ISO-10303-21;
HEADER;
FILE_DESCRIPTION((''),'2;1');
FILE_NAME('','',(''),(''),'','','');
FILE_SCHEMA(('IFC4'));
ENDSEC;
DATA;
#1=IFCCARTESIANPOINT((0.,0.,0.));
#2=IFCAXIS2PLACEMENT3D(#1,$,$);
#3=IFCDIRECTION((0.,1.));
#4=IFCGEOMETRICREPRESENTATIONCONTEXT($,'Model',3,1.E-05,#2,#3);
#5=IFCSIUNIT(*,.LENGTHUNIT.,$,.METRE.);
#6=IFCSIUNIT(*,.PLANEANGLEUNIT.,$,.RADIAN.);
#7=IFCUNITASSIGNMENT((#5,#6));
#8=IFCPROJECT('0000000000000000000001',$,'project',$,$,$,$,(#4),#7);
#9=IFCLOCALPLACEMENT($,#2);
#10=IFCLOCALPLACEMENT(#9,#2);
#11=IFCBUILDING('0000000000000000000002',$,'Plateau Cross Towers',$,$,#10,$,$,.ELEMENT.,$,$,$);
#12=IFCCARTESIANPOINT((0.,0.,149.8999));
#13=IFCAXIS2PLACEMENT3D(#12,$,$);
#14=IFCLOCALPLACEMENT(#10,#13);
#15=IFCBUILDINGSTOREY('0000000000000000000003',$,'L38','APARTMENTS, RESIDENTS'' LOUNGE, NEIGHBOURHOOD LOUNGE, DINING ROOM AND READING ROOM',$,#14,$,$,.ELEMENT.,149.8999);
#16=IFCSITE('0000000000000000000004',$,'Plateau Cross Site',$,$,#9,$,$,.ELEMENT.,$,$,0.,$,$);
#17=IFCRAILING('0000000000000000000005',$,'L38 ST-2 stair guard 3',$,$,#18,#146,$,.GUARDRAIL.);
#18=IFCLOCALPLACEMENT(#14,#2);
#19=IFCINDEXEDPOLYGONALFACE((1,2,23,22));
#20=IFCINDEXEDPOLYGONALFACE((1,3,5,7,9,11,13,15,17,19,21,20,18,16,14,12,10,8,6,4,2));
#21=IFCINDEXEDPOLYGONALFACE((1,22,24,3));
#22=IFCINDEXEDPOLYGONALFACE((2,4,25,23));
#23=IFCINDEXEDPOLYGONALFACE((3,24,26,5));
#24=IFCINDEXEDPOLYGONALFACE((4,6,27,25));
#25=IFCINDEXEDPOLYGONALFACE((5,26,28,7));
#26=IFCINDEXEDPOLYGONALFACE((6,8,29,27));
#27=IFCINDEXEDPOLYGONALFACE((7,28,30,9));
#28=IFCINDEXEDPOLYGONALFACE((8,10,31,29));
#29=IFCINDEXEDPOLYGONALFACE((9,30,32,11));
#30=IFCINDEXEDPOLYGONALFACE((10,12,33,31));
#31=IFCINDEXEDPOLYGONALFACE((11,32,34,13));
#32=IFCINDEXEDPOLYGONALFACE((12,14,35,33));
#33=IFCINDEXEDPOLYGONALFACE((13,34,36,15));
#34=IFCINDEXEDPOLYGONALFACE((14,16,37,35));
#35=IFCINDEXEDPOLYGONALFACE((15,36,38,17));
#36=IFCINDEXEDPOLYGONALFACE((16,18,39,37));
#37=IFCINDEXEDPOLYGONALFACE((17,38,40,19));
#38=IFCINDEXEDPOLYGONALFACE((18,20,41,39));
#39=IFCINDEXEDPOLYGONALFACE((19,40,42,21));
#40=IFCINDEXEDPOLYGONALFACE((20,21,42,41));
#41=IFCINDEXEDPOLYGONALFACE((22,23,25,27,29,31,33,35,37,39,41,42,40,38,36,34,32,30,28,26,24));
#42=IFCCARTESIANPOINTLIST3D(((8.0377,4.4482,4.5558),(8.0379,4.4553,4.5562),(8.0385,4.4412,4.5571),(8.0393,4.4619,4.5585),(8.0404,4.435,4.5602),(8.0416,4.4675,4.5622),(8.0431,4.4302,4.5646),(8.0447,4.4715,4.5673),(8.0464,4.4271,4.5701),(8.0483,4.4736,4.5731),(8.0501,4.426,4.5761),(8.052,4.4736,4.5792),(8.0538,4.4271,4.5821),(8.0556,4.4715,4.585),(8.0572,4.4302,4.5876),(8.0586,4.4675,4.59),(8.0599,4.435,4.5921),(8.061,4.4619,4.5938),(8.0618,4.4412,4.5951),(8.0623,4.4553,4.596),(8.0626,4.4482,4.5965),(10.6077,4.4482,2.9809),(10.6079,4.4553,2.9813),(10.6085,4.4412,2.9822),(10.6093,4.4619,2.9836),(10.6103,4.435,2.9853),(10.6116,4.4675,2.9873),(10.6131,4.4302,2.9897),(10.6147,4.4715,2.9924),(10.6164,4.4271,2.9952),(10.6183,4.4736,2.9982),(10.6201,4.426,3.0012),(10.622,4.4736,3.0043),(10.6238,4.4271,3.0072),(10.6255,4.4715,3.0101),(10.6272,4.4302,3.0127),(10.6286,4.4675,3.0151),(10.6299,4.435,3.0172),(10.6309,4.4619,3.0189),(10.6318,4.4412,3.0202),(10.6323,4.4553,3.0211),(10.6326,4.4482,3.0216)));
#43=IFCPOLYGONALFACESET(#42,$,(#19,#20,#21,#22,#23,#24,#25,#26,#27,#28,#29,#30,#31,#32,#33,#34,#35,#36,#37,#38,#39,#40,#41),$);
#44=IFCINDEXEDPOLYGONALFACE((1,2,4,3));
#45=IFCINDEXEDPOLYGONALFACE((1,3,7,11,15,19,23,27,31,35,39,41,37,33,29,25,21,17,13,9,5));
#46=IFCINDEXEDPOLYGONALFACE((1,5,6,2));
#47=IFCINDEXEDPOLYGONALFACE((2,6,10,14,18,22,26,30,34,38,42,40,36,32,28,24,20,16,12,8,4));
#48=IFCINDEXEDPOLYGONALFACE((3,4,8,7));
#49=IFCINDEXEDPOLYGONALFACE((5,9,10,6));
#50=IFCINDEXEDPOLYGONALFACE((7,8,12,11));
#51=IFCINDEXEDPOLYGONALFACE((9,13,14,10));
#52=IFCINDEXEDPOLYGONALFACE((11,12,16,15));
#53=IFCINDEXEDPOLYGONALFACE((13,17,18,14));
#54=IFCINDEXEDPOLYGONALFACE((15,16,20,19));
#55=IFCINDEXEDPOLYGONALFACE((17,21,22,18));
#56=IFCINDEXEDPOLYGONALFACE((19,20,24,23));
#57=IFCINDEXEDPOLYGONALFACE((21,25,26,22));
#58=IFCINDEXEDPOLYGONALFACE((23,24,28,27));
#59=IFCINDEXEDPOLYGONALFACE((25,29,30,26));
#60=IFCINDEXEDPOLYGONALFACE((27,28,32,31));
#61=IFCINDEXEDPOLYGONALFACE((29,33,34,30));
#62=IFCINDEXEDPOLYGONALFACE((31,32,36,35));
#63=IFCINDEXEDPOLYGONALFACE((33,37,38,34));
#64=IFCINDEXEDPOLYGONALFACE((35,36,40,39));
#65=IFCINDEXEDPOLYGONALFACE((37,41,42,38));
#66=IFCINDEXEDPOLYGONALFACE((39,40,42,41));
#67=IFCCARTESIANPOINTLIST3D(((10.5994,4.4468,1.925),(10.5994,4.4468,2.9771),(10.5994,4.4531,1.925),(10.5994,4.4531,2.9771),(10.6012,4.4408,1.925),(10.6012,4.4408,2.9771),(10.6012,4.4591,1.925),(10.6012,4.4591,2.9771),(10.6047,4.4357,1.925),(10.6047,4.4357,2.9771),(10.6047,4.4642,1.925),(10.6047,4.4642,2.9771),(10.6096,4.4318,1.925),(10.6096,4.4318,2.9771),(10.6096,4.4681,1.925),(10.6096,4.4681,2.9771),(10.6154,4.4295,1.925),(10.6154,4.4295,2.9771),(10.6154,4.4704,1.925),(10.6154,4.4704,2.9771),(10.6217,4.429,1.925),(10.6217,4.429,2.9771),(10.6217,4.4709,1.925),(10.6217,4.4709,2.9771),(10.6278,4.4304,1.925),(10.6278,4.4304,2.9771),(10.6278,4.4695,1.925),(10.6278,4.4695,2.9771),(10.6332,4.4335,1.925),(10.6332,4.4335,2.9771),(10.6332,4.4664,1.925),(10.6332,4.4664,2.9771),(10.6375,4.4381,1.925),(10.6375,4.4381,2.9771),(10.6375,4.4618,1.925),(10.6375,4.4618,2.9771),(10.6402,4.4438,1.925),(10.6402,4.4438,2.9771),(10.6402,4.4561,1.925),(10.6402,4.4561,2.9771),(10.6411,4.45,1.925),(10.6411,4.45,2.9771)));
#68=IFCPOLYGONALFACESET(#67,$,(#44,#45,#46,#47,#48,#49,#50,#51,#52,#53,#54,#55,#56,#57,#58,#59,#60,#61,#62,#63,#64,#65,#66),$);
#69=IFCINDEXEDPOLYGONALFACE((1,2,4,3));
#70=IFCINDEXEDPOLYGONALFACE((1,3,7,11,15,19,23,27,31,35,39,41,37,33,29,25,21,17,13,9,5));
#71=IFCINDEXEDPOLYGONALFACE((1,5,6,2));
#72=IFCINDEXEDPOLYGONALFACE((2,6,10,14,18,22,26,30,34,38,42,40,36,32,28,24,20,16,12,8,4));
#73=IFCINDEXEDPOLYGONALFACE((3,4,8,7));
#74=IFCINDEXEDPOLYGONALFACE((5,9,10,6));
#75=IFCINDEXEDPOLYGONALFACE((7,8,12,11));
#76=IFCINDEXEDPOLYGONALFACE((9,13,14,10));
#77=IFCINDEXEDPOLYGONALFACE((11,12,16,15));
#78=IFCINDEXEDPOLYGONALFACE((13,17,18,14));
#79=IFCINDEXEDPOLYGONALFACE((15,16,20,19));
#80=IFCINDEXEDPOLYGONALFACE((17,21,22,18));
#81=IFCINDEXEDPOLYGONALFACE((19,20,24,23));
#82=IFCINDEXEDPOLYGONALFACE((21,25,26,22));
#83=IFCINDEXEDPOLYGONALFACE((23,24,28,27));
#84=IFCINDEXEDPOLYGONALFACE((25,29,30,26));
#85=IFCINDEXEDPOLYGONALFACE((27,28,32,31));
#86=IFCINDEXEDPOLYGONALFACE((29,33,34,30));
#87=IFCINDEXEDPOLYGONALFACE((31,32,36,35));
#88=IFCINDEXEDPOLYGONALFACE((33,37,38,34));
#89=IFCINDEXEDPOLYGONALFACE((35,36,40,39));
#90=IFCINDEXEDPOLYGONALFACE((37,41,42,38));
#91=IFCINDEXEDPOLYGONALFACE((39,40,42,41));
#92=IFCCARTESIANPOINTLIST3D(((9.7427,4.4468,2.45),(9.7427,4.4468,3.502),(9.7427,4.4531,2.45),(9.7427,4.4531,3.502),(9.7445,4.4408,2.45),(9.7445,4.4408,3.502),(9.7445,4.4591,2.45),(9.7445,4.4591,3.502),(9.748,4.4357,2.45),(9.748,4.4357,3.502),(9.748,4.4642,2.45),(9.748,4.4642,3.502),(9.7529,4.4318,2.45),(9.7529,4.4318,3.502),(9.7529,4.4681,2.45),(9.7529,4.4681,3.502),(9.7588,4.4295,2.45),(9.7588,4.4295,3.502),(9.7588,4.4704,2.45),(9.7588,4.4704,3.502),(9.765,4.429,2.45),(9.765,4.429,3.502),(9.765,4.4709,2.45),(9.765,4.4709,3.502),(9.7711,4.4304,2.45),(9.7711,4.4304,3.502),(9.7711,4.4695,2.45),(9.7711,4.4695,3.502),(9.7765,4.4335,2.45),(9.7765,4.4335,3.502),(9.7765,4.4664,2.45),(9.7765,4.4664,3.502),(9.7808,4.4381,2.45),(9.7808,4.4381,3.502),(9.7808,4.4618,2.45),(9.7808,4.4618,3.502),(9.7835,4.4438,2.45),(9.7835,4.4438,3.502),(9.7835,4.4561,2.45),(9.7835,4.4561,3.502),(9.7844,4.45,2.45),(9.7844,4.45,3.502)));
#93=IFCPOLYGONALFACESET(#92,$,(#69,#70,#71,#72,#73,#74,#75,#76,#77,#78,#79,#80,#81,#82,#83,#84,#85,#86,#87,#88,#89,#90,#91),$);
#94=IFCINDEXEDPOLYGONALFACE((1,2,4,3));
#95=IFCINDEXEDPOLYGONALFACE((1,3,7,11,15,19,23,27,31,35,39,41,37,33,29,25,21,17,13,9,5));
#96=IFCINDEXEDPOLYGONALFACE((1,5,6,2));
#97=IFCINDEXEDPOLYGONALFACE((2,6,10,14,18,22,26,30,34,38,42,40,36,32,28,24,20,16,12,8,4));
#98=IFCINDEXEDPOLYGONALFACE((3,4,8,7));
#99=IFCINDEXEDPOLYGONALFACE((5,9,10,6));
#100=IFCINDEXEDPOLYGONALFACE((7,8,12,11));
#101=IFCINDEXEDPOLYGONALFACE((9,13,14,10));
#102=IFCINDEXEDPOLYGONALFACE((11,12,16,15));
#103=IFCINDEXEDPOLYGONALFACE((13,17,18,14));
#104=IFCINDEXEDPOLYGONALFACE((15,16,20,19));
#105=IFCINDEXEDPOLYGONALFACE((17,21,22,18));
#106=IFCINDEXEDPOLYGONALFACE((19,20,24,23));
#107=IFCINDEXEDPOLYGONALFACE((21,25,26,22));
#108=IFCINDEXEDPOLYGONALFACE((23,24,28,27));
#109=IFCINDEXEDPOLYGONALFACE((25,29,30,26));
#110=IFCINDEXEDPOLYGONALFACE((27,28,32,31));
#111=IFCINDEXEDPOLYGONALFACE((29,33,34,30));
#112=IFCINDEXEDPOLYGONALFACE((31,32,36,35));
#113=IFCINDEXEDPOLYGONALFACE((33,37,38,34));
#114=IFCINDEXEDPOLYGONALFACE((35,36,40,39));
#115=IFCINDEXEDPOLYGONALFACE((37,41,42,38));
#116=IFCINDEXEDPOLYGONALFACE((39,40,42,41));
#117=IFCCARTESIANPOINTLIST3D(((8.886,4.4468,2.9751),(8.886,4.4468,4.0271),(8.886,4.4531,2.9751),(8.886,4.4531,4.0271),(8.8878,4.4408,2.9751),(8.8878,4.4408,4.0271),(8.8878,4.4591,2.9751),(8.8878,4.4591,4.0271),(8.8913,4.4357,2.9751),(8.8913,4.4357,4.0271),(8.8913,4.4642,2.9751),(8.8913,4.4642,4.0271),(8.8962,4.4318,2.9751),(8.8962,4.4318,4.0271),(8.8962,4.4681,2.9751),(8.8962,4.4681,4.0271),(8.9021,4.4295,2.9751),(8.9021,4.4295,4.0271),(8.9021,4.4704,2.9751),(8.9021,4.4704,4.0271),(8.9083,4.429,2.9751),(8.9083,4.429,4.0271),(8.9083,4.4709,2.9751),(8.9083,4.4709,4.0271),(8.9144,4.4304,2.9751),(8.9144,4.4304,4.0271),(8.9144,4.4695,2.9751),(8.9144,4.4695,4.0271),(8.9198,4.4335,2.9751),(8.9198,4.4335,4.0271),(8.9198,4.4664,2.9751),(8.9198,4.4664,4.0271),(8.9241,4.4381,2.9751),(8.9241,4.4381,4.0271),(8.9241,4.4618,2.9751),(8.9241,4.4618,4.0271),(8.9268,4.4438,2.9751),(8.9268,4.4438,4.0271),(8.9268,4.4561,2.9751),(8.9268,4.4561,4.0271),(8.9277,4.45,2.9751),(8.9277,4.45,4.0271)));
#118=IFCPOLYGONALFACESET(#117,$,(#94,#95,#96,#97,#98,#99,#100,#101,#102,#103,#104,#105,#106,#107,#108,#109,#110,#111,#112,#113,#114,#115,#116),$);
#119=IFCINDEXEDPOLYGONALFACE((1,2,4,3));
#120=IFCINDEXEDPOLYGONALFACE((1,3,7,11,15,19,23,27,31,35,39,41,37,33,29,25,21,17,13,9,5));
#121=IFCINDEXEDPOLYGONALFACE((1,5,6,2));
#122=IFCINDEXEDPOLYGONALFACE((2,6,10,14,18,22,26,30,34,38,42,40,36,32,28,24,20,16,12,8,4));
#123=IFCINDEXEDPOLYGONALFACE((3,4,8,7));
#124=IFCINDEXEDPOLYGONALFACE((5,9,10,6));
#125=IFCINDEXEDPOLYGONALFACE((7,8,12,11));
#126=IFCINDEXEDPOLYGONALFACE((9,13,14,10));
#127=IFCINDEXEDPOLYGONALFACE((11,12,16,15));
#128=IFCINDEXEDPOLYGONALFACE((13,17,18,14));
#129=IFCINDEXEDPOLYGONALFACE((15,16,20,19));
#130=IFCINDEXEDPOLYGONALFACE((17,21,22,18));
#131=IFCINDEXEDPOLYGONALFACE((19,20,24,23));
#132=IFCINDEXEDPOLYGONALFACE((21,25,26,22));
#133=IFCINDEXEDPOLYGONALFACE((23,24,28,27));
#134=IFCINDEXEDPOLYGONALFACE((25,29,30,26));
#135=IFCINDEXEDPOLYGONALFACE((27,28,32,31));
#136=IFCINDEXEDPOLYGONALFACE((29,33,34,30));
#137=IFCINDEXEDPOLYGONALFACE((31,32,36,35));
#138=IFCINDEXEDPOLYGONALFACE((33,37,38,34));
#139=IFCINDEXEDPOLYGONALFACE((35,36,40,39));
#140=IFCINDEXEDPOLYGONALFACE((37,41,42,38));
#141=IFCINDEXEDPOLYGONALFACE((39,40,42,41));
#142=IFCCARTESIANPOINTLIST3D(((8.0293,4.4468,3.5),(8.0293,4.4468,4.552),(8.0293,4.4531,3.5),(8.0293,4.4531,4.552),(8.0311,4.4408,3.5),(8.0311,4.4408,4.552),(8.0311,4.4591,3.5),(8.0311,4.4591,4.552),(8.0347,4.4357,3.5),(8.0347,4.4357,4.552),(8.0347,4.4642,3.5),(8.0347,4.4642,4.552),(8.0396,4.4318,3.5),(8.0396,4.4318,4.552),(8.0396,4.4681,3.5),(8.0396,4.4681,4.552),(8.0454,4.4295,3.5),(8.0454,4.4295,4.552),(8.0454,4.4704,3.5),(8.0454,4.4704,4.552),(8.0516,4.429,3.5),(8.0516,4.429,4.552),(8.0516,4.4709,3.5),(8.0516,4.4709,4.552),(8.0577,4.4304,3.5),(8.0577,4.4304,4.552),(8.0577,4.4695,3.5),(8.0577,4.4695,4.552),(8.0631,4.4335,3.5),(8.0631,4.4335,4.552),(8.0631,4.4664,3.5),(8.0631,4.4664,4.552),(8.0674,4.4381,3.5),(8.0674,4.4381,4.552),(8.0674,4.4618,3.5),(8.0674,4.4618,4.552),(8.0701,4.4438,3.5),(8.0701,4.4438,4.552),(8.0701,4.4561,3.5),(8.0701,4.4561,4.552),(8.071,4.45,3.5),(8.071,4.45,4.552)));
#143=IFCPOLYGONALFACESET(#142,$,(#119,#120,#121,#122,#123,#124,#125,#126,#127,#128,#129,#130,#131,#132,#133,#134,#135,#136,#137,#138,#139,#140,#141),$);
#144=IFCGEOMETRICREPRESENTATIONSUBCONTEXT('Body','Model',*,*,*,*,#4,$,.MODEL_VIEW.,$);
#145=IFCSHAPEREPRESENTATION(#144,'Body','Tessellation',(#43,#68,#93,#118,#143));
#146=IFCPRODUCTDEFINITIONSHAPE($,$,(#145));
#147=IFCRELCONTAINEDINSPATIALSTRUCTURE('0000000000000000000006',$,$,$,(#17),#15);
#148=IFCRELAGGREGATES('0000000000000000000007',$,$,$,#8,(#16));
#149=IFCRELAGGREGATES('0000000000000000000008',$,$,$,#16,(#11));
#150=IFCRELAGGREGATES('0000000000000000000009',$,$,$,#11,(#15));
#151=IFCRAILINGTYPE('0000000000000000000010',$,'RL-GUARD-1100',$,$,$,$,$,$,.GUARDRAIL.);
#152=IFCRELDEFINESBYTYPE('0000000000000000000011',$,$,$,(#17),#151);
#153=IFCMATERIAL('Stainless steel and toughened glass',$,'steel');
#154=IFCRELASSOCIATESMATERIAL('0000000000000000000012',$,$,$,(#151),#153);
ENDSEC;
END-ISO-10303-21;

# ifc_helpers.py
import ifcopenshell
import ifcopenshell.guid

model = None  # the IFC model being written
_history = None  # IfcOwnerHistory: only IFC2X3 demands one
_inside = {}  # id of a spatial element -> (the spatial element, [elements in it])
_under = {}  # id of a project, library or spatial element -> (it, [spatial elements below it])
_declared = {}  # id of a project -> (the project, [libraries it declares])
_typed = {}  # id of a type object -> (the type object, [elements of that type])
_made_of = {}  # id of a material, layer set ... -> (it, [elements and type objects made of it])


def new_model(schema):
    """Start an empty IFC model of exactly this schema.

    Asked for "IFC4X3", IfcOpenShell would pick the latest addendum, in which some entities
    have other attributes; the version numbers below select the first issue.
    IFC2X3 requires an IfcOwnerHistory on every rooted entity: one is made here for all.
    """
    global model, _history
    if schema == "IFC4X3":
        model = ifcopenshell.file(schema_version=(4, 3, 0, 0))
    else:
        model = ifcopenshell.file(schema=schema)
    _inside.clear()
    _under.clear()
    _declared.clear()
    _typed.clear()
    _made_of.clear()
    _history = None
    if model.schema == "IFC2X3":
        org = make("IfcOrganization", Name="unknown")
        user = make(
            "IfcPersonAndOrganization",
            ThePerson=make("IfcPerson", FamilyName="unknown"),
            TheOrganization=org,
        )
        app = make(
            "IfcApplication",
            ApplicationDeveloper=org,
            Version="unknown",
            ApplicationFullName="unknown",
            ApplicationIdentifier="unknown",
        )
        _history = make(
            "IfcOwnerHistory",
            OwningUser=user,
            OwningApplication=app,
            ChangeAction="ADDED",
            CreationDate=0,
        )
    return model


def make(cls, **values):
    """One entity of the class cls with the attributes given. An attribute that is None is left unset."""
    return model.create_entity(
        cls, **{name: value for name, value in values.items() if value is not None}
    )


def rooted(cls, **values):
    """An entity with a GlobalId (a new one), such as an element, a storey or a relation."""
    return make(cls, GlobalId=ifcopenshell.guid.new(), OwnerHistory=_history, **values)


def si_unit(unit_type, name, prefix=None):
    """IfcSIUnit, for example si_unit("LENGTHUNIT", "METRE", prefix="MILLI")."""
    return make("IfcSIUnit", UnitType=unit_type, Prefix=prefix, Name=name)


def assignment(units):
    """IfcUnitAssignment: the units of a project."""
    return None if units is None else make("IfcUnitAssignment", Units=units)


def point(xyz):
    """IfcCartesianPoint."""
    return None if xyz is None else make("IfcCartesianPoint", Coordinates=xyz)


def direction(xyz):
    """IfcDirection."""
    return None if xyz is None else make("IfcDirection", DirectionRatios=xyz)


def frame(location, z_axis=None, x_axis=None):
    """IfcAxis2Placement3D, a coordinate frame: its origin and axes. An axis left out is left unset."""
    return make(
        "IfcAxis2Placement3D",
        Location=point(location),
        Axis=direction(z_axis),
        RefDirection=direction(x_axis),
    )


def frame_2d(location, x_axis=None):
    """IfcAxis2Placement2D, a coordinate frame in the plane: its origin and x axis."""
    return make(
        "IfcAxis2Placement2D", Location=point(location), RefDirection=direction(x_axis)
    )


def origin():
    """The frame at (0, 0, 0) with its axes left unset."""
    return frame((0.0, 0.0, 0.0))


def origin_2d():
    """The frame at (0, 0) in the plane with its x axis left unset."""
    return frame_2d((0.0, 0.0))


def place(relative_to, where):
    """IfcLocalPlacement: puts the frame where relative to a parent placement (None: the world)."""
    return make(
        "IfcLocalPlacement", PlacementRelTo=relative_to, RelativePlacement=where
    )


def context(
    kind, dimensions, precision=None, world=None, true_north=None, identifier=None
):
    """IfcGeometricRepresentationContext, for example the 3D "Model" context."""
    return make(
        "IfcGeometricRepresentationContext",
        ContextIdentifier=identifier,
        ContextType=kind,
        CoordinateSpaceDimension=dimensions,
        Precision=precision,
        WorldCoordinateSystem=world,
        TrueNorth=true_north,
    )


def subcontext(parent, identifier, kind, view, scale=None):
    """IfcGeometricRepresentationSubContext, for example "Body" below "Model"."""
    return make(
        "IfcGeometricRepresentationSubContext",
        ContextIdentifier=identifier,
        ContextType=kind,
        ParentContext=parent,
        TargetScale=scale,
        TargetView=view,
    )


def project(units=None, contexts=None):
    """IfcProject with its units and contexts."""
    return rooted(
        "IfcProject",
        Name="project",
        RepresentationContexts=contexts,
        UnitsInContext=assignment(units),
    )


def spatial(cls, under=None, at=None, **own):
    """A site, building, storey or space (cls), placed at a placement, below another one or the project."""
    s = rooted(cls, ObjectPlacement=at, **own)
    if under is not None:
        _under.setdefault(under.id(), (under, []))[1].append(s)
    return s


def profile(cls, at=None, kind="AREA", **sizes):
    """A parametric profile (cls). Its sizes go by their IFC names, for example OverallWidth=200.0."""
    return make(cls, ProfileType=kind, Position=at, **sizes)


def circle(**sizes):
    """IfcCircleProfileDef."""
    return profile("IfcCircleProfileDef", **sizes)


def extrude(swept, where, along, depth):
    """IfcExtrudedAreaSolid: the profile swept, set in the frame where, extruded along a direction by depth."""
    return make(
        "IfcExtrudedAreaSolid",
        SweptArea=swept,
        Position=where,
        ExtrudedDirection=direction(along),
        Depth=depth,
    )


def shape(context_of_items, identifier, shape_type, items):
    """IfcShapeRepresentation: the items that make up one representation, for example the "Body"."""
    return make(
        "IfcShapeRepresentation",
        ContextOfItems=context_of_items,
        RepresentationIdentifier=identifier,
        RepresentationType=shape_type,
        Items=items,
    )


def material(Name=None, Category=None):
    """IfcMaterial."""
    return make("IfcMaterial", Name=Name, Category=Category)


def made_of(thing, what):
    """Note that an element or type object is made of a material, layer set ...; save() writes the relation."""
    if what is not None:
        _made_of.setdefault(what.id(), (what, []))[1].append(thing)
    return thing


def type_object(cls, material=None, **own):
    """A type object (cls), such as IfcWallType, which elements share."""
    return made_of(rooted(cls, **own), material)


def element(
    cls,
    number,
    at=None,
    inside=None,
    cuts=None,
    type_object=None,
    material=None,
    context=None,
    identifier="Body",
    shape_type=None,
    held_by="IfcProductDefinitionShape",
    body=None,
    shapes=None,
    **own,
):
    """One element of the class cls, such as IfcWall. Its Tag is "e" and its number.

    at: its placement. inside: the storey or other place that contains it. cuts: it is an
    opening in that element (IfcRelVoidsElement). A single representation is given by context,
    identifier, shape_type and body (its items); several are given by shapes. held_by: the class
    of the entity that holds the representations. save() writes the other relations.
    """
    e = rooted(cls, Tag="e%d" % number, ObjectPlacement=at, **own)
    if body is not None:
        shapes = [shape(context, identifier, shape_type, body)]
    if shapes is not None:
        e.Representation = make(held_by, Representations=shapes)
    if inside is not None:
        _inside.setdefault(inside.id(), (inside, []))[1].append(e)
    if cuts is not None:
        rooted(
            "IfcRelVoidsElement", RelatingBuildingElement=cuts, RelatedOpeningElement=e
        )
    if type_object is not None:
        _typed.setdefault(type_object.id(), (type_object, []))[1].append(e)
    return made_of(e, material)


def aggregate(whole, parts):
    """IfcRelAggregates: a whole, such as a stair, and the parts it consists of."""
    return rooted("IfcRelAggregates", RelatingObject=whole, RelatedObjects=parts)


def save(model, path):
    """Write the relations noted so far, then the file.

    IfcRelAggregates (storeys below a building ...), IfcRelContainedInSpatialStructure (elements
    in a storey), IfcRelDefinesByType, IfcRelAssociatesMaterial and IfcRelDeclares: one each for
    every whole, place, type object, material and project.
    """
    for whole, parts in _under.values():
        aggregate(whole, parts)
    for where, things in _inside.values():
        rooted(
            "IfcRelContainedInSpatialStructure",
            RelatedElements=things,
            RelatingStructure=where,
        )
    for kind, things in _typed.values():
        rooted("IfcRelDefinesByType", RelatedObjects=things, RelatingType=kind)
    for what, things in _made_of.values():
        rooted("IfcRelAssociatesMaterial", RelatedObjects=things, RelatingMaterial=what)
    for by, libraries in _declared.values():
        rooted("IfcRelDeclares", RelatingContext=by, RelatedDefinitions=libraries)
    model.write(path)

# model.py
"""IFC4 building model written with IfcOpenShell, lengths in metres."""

from ifc_helpers import new_model, si_unit, direction, frame, origin, origin_2d, place, context, subcontext, project, spatial, circle, extrude, material, type_object, element, save


model = new_model("IFC4")

# Units and contexts
model_context = context("Model", 3, precision=1e-05, world=origin(), true_north=direction((0.0, 1.0)))
body_context = subcontext(model_context, "Body", "Model", "MODEL_VIEW")
ifc_project = project(units=[si_unit("LENGTHUNIT", "METRE"), si_unit("PLANEANGLEUNIT", "RADIAN")], contexts=[model_context])

# Site, building, storey
site_placement = place(None, origin())
site = spatial("IfcSite", under=ifc_project, at=site_placement, Name="Plateau Cross Site", CompositionType="ELEMENT", RefElevation=0.0)
building_placement = place(site_placement, origin())
building = spatial("IfcBuilding", under=site, at=building_placement, Name="Plateau Cross Towers", CompositionType="ELEMENT")
storey_placement = place(building_placement, frame((0.0, 0.0, 149.8999)))
storey = spatial("IfcBuildingStorey", under=building, at=storey_placement, Name="L38", Description="APARTMENTS, RESIDENTS' LOUNGE, NEIGHBOURHOOD LOUNGE, DINING ROOM AND READING ROOM", CompositionType="ELEMENT", Elevation=149.8999)

# Railing
ifc_material_1 = material(Name="Stainless steel and toughened glass", Category="steel")
railing_type_1 = type_object("IfcRailingType", Name="RL-GUARD-1100", PredefinedType="GUARDRAIL", material=ifc_material_1)
railing_1_placement = place(storey_placement, frame((10.6201, 4.45, 1.925)))
element("IfcRailing", 1, at=railing_1_placement, inside=storey, type_object=railing_type_1, Name="L38 ST-2 stair guard 3", PredefinedType="GUARDRAIL", context=body_context, shape_type="SweptSolid", body=[
    extrude(circle(Radius=0.0239, at=origin_2d()), frame((0.0, 0.0, 1.0762), z_axis=(-0.852639, 0.0, 0.522501), x_axis=(0.0, -1.0, 0.0)), (0.0, 0.0, 1.0), 3.0142),
    extrude(circle(Radius=0.021, at=origin_2d()), origin(), (0.0, 0.0, 1.0), 1.052),
    extrude(circle(Radius=0.021, at=origin_2d()), frame((-0.8567, 0.0, 0.5249)), (0.0, 0.0, 1.0), 1.052),
    extrude(circle(Radius=0.021, at=origin_2d()), frame((-1.7134, 0.0, 1.05)), (0.0, 0.0, 1.0), 1.052),
    extrude(circle(Radius=0.021, at=origin_2d()), frame((-2.5701, 0.0, 1.575)), (0.0, 0.0, 1.0), 1.052),
])

save(model, "model.ifc")
